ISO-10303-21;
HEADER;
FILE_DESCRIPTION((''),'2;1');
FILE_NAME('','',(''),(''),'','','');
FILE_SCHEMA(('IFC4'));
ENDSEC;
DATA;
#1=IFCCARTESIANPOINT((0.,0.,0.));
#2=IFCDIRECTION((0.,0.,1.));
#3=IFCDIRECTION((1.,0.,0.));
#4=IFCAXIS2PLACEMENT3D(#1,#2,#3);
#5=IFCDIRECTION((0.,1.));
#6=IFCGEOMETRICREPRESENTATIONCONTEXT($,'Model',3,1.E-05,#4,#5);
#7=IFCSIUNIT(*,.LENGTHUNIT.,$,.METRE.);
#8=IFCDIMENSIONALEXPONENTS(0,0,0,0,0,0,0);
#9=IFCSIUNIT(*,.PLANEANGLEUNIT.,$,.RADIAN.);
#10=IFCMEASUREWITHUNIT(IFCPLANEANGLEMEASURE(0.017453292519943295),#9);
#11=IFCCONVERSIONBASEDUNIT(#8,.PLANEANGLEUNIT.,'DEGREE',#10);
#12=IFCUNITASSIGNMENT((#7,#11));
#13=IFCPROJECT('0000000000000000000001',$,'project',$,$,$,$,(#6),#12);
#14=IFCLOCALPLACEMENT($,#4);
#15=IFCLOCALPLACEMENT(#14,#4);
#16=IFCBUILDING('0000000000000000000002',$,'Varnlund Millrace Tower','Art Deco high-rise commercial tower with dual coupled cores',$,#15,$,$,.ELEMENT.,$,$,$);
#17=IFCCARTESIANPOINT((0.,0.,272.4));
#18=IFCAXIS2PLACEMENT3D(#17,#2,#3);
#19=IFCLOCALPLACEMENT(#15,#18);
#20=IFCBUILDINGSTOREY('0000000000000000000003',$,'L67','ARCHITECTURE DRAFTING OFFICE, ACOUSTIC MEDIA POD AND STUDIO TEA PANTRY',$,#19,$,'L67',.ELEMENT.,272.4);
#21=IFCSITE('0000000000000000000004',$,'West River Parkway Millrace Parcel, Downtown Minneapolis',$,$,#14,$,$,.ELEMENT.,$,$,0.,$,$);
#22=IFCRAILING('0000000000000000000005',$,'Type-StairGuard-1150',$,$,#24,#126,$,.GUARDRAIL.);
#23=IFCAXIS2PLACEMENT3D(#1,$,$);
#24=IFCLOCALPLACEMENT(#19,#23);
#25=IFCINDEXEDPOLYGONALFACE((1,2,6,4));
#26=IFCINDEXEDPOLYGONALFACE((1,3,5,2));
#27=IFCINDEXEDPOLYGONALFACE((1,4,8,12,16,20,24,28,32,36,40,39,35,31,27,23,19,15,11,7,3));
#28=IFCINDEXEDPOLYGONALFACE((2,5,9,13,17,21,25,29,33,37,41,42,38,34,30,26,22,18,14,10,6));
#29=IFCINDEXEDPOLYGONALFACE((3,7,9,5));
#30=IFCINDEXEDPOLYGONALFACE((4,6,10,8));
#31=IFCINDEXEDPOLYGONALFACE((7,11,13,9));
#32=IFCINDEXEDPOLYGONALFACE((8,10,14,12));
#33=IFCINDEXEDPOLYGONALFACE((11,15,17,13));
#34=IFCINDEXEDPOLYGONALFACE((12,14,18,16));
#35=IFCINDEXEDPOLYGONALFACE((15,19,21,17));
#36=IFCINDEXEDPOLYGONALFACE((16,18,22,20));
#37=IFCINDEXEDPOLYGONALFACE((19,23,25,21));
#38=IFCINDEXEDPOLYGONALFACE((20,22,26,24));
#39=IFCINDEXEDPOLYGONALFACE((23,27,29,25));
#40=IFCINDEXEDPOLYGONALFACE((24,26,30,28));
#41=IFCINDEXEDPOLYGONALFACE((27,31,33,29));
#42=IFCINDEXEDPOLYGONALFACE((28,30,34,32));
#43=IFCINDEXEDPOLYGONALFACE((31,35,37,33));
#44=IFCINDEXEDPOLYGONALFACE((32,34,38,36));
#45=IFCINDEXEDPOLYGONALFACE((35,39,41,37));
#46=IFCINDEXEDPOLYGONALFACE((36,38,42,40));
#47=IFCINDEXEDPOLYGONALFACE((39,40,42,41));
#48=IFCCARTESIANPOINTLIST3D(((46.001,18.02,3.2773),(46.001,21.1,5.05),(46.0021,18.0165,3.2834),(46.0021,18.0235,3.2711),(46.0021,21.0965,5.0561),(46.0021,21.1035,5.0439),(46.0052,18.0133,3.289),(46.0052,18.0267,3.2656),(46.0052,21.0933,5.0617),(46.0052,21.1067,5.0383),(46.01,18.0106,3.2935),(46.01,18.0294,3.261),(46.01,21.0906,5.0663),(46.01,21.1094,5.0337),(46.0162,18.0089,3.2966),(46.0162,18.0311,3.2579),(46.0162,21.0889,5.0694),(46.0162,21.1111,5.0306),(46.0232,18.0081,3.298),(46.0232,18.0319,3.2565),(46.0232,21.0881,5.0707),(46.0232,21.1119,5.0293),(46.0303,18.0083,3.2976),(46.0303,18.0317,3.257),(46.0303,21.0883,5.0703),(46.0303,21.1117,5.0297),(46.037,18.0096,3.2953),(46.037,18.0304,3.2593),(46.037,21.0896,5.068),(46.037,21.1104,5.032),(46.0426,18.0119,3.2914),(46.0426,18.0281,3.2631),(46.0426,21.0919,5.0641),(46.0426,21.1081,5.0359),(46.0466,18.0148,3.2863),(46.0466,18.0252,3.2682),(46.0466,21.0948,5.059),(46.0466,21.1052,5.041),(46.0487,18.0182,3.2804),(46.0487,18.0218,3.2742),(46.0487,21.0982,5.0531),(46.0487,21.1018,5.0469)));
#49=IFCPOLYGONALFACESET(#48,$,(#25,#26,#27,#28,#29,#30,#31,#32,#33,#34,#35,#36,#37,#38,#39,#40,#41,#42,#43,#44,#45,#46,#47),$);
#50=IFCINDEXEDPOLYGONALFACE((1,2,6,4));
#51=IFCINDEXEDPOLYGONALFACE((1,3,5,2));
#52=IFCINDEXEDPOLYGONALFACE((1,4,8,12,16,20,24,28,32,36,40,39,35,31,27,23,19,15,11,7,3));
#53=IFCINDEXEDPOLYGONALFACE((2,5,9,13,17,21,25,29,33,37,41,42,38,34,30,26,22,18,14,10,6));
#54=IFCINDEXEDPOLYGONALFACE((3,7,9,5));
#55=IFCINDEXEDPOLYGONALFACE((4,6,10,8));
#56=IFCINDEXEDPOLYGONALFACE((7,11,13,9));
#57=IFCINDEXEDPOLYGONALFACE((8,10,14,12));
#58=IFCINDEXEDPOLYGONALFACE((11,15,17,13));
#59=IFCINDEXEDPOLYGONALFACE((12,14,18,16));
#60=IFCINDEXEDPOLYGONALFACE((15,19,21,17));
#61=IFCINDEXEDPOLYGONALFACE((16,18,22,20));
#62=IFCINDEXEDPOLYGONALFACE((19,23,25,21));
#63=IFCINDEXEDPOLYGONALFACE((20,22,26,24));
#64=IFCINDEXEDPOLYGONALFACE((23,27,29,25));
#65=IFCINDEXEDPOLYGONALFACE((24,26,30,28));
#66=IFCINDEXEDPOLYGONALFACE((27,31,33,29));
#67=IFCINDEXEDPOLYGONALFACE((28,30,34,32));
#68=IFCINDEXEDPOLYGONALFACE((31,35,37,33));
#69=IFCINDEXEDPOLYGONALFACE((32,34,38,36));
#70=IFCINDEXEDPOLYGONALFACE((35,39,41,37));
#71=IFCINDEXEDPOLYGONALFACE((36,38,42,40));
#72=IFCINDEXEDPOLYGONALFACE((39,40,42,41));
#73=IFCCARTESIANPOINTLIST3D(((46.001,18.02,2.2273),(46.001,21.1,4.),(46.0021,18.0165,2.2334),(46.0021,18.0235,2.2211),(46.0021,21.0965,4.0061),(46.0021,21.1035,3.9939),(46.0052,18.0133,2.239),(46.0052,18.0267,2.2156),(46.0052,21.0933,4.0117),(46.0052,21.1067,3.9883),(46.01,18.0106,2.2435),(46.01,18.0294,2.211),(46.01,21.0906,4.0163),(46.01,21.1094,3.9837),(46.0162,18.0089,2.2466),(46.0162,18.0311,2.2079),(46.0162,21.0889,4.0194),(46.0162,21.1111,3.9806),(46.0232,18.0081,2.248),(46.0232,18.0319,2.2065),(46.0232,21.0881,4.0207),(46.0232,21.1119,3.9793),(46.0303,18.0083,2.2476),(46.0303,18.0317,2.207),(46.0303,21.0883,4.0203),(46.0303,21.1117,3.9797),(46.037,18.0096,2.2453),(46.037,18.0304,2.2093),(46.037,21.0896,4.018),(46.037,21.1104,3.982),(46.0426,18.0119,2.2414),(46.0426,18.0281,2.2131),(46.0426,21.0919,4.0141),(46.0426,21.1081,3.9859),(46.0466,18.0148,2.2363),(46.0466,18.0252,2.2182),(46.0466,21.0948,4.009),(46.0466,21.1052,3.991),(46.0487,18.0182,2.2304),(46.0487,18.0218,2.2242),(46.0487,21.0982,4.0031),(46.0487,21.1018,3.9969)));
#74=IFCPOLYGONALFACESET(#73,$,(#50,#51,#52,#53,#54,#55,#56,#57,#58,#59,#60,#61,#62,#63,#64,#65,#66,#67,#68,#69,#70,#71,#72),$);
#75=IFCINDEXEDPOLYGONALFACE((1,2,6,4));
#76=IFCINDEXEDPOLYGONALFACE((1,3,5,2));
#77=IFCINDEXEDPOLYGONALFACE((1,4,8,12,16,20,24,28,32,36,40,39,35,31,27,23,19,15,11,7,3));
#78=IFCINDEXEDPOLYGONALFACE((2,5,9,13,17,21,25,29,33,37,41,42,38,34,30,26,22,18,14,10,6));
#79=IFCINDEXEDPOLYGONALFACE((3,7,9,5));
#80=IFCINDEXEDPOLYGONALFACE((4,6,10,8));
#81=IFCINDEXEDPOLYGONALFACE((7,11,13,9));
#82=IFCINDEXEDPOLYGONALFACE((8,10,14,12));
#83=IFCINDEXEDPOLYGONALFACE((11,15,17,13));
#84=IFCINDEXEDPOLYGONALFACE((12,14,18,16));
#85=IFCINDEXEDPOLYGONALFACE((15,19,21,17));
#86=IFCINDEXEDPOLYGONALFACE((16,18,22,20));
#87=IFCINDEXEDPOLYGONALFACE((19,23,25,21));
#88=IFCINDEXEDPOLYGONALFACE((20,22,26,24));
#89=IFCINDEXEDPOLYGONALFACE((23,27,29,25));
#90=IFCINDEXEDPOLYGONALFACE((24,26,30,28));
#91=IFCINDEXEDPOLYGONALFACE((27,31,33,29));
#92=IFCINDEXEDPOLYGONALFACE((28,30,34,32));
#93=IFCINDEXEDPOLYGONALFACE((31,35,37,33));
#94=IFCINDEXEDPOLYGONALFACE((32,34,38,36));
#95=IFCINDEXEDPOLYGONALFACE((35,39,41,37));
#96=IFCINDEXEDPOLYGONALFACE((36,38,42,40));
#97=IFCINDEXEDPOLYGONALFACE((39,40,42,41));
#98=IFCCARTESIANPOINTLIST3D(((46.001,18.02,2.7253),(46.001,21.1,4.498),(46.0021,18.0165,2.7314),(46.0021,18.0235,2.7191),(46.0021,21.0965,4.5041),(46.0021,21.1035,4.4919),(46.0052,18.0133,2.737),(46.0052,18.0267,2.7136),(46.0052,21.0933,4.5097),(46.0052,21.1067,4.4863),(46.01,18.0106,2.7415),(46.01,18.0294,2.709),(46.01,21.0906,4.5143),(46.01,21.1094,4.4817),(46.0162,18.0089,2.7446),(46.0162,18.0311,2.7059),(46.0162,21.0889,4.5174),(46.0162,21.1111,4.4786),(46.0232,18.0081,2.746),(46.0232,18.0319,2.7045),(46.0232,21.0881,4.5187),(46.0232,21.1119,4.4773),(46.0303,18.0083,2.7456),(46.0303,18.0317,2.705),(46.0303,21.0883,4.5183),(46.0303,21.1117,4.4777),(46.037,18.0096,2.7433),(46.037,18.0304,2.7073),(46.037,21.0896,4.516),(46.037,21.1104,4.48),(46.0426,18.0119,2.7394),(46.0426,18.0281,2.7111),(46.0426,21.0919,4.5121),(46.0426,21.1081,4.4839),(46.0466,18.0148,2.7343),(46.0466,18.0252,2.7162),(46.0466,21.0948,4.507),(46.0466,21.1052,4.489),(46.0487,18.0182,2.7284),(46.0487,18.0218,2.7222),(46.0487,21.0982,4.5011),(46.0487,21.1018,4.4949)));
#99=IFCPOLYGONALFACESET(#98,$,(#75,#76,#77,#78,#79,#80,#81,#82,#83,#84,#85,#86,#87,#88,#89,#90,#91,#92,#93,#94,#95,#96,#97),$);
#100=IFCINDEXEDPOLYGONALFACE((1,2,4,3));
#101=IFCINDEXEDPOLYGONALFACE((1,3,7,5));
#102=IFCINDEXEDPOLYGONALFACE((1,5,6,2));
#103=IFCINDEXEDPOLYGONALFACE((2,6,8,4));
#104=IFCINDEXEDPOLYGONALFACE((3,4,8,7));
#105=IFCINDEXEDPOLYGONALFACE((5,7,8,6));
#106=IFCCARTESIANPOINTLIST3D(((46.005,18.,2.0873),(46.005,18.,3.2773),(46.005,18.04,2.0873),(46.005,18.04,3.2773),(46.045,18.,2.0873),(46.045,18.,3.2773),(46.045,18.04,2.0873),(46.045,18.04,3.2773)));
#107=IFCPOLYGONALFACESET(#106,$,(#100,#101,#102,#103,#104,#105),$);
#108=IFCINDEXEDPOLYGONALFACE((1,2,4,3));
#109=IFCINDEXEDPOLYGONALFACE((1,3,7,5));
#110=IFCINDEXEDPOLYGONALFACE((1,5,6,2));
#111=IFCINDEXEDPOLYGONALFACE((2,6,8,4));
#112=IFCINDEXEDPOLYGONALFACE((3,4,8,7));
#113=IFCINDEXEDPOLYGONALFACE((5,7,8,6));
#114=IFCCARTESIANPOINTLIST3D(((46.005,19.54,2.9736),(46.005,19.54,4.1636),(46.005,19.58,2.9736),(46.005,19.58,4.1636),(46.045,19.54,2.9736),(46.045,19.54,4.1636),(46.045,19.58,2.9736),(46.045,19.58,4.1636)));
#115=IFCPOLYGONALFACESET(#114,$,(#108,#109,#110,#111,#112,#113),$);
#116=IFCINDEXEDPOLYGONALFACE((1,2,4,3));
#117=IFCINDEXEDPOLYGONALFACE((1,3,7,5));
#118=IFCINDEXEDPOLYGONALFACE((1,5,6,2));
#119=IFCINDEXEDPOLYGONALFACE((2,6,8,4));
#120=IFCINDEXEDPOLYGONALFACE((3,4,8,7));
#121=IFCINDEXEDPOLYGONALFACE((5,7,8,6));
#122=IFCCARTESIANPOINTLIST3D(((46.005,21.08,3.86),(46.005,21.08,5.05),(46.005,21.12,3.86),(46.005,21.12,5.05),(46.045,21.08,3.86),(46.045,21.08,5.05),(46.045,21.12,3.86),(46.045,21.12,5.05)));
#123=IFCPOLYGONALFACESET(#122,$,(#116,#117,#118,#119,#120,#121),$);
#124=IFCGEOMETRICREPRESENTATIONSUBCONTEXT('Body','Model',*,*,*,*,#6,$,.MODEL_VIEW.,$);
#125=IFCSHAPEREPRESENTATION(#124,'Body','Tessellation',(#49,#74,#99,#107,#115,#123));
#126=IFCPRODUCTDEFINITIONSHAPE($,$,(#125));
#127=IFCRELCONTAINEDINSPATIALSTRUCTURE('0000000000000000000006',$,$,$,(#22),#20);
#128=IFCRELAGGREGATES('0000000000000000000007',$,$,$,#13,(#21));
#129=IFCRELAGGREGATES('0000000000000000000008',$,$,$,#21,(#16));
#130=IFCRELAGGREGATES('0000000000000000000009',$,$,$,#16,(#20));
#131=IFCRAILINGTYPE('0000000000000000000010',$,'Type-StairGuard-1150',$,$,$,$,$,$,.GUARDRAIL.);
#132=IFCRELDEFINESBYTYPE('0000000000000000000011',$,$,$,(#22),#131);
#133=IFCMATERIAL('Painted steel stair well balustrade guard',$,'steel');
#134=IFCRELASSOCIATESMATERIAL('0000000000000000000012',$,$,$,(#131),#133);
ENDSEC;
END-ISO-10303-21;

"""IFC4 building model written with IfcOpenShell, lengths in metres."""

from ifc_helpers import new_model, entity, si_unit, converted_unit, direction, frame, origin_with_axes, origin_2d_with_axis, place, context, subcontext, project, spatial, rectangle, circle, extrude, material, type_object, element, save


model = new_model("IFC4")

# Units and contexts
model_context = context("Model", 3, precision=1e-05, world=origin_with_axes(), true_north=direction((0.0, 1.0)))
body_context = subcontext(model_context, "Body", "Model", "MODEL_VIEW")
ifc_project = project(units=[si_unit("LENGTHUNIT", "METRE"), converted_unit("PLANEANGLEUNIT", "DEGREE", entity("IfcPlaneAngleMeasure", 0.017453292519943295), si_unit("PLANEANGLEUNIT", "RADIAN"), dimensions=[0, 0, 0, 0, 0, 0, 0])], contexts=[model_context])

# Site, building, storey
site_placement = place(None, origin_with_axes())
site = spatial("IfcSite", under=ifc_project, at=site_placement, Name="West River Parkway Millrace Parcel, Downtown Minneapolis", CompositionType="ELEMENT", RefElevation=0.0)
building_placement = place(site_placement, origin_with_axes())
building = spatial("IfcBuilding", under=site, at=building_placement, Name="Varnlund Millrace Tower", Description="Art Deco high-rise commercial tower with dual coupled cores", CompositionType="ELEMENT")
storey_placement = place(building_placement, frame((0.0, 0.0, 272.4), z_axis=(0.0, 0.0, 1.0), x_axis=(1.0, 0.0, 0.0)))
storey = spatial("IfcBuildingStorey", under=building, at=storey_placement, Name="L67", Description="ARCHITECTURE DRAFTING OFFICE, ACOUSTIC MEDIA POD AND STUDIO TEA PANTRY", LongName="L67", CompositionType="ELEMENT", Elevation=272.4)

# Railing
ifc_material_1 = material(Name="Painted steel stair well balustrade guard", Category="steel")
railing_type_1 = type_object("IfcRailingType", Name="Type-StairGuard-1150", PredefinedType="GUARDRAIL", material=ifc_material_1)
railing_1_placement = place(storey_placement, frame((0.0, 0.0, -272.4), z_axis=(0.0, 0.0, 1.0), x_axis=(1.0, 0.0, 0.0)))
element("IfcRailing", 1, at=railing_1_placement, inside=storey, type_object=railing_type_1, Name="Type-StairGuard-1150", PredefinedType="GUARDRAIL", context=body_context, shape_type="SweptSolid", body=[
    extrude(circle(Radius=0.024, at=origin_2d_with_axis()), frame((46.025, 18.02, 275.6773), z_axis=(0.0, 0.866696, 0.498836), x_axis=(-1.0, 0.0, 0.0)), (0.0, 0.0, 1.0), 3.5537),
    extrude(circle(Radius=0.024, at=origin_2d_with_axis()), frame((46.025, 18.02, 274.6273), z_axis=(0.0, 0.866696, 0.498836), x_axis=(-1.0, 0.0, 0.0)), (0.0, 0.0, 1.0), 3.5537),
    extrude(circle(Radius=0.024, at=origin_2d_with_axis()), frame((46.025, 18.02, 275.1253), z_axis=(0.0, 0.866696, 0.498836), x_axis=(-1.0, 0.0, 0.0)), (0.0, 0.0, 1.0), 3.5537),
    extrude(rectangle(XDim=0.04, YDim=0.04, at=origin_2d_with_axis()), frame((46.025, 18.02, 274.4873), z_axis=(0.0, 0.0, 1.0), x_axis=(1.0, 0.0, 0.0)), (0.0, 0.0, 1.0), 1.19),
    extrude(rectangle(XDim=0.04, YDim=0.04, at=origin_2d_with_axis()), frame((46.025, 19.56, 275.3736), z_axis=(0.0, 0.0, 1.0), x_axis=(1.0, 0.0, 0.0)), (0.0, 0.0, 1.0), 1.19),
    extrude(rectangle(XDim=0.04, YDim=0.04, at=origin_2d_with_axis()), frame((46.025, 21.1, 276.26), z_axis=(0.0, 0.0, 1.0), x_axis=(1.0, 0.0, 0.0)), (0.0, 0.0, 1.0), 1.19),
])

save(model, "model.ifc")
